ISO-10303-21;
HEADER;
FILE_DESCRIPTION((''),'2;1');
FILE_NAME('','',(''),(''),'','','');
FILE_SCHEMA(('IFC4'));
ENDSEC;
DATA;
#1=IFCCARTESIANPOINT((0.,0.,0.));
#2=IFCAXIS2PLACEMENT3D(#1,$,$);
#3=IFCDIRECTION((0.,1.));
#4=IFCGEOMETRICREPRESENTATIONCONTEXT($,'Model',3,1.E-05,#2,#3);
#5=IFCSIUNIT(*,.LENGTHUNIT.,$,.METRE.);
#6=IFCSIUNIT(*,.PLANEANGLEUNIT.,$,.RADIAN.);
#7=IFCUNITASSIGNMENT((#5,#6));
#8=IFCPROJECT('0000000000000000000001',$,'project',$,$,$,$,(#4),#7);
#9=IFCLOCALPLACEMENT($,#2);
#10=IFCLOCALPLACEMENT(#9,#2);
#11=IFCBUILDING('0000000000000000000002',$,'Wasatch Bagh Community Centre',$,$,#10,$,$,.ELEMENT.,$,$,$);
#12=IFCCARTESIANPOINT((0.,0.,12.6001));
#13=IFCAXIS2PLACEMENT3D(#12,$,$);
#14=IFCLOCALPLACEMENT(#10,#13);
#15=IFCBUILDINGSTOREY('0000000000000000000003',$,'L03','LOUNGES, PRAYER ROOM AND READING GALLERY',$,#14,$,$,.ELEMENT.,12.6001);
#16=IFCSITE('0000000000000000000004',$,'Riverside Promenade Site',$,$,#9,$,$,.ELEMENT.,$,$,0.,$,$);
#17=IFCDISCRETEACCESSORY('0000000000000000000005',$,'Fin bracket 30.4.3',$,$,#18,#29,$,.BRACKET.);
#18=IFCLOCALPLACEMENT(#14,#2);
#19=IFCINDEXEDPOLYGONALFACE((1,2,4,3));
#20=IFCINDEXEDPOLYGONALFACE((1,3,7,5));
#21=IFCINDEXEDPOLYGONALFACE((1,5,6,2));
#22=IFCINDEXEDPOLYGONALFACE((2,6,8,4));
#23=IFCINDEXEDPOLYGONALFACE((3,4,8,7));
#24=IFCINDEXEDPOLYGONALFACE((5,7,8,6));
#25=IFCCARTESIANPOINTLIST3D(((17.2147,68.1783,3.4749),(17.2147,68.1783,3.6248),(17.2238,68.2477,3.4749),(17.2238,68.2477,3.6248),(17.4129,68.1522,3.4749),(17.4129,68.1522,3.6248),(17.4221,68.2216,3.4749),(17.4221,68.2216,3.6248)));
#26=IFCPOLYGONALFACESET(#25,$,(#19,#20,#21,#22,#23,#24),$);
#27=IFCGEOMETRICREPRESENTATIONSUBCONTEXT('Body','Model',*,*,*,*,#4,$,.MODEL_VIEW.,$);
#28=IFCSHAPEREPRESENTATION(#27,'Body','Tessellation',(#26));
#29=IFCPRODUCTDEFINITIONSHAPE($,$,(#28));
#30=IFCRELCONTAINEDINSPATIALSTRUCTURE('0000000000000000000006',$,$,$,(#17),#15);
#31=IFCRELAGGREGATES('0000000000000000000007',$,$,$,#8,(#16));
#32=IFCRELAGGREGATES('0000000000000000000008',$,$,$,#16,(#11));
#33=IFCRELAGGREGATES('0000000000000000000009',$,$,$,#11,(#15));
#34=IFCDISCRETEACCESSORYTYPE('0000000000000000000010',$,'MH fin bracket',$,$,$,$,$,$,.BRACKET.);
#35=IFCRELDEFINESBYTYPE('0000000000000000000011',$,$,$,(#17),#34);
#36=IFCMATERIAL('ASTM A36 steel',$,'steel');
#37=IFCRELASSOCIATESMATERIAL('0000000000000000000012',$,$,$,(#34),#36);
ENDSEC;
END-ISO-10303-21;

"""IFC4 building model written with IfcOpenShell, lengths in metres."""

from ifc_helpers import new_model, si_unit, direction, frame, origin, origin_2d, place, context, subcontext, project, spatial, rectangle, extrude, material, type_object, element, save


model = new_model("IFC4")

# Units and contexts
model_context = context("Model", 3, precision=1e-05, world=origin(), true_north=direction((0.0, 1.0)))
body_context = subcontext(model_context, "Body", "Model", "MODEL_VIEW")
ifc_project = project(units=[si_unit("LENGTHUNIT", "METRE"), si_unit("PLANEANGLEUNIT", "RADIAN")], contexts=[model_context])

# Site, building, storey
site_placement = place(None, origin())
site = spatial("IfcSite", under=ifc_project, at=site_placement, Name="Riverside Promenade Site", CompositionType="ELEMENT", RefElevation=0.0)
building_placement = place(site_placement, origin())
building = spatial("IfcBuilding", under=site, at=building_placement, Name="Wasatch Bagh Community Centre", CompositionType="ELEMENT")
storey_placement = place(building_placement, frame((0.0, 0.0, 12.6001)))
storey = spatial("IfcBuildingStorey", under=building, at=storey_placement, Name="L03", Description="LOUNGES, PRAYER ROOM AND READING GALLERY", CompositionType="ELEMENT", Elevation=12.6001)

# Discrete accessory
ifc_material_1 = material(Name="ASTM A36 steel", Category="steel")
discrete_accessory_type = type_object("IfcDiscreteAccessoryType", Name="MH fin bracket", PredefinedType="BRACKET", material=ifc_material_1)
for number, where, z_axis, x_axis, name in (
    (1, (17.3184, 68.2, 3.4749), (0.0, 0.0, 1.0), (-0.130526, -0.991445, 0.0), "Fin bracket 30.4.3"),
):
    element("IfcDiscreteAccessory", number, at=place(storey_placement, frame(where, z_axis=z_axis, x_axis=x_axis)), inside=storey, type_object=discrete_accessory_type, Name=name, PredefinedType="BRACKET", context=body_context, shape_type="SweptSolid", body=[
        extrude(rectangle(XDim=0.0701, YDim=0.2, at=origin_2d()), origin(), (0.0, 0.0, 1.0), 0.1499),
    ])

save(model, "model.ifc")
